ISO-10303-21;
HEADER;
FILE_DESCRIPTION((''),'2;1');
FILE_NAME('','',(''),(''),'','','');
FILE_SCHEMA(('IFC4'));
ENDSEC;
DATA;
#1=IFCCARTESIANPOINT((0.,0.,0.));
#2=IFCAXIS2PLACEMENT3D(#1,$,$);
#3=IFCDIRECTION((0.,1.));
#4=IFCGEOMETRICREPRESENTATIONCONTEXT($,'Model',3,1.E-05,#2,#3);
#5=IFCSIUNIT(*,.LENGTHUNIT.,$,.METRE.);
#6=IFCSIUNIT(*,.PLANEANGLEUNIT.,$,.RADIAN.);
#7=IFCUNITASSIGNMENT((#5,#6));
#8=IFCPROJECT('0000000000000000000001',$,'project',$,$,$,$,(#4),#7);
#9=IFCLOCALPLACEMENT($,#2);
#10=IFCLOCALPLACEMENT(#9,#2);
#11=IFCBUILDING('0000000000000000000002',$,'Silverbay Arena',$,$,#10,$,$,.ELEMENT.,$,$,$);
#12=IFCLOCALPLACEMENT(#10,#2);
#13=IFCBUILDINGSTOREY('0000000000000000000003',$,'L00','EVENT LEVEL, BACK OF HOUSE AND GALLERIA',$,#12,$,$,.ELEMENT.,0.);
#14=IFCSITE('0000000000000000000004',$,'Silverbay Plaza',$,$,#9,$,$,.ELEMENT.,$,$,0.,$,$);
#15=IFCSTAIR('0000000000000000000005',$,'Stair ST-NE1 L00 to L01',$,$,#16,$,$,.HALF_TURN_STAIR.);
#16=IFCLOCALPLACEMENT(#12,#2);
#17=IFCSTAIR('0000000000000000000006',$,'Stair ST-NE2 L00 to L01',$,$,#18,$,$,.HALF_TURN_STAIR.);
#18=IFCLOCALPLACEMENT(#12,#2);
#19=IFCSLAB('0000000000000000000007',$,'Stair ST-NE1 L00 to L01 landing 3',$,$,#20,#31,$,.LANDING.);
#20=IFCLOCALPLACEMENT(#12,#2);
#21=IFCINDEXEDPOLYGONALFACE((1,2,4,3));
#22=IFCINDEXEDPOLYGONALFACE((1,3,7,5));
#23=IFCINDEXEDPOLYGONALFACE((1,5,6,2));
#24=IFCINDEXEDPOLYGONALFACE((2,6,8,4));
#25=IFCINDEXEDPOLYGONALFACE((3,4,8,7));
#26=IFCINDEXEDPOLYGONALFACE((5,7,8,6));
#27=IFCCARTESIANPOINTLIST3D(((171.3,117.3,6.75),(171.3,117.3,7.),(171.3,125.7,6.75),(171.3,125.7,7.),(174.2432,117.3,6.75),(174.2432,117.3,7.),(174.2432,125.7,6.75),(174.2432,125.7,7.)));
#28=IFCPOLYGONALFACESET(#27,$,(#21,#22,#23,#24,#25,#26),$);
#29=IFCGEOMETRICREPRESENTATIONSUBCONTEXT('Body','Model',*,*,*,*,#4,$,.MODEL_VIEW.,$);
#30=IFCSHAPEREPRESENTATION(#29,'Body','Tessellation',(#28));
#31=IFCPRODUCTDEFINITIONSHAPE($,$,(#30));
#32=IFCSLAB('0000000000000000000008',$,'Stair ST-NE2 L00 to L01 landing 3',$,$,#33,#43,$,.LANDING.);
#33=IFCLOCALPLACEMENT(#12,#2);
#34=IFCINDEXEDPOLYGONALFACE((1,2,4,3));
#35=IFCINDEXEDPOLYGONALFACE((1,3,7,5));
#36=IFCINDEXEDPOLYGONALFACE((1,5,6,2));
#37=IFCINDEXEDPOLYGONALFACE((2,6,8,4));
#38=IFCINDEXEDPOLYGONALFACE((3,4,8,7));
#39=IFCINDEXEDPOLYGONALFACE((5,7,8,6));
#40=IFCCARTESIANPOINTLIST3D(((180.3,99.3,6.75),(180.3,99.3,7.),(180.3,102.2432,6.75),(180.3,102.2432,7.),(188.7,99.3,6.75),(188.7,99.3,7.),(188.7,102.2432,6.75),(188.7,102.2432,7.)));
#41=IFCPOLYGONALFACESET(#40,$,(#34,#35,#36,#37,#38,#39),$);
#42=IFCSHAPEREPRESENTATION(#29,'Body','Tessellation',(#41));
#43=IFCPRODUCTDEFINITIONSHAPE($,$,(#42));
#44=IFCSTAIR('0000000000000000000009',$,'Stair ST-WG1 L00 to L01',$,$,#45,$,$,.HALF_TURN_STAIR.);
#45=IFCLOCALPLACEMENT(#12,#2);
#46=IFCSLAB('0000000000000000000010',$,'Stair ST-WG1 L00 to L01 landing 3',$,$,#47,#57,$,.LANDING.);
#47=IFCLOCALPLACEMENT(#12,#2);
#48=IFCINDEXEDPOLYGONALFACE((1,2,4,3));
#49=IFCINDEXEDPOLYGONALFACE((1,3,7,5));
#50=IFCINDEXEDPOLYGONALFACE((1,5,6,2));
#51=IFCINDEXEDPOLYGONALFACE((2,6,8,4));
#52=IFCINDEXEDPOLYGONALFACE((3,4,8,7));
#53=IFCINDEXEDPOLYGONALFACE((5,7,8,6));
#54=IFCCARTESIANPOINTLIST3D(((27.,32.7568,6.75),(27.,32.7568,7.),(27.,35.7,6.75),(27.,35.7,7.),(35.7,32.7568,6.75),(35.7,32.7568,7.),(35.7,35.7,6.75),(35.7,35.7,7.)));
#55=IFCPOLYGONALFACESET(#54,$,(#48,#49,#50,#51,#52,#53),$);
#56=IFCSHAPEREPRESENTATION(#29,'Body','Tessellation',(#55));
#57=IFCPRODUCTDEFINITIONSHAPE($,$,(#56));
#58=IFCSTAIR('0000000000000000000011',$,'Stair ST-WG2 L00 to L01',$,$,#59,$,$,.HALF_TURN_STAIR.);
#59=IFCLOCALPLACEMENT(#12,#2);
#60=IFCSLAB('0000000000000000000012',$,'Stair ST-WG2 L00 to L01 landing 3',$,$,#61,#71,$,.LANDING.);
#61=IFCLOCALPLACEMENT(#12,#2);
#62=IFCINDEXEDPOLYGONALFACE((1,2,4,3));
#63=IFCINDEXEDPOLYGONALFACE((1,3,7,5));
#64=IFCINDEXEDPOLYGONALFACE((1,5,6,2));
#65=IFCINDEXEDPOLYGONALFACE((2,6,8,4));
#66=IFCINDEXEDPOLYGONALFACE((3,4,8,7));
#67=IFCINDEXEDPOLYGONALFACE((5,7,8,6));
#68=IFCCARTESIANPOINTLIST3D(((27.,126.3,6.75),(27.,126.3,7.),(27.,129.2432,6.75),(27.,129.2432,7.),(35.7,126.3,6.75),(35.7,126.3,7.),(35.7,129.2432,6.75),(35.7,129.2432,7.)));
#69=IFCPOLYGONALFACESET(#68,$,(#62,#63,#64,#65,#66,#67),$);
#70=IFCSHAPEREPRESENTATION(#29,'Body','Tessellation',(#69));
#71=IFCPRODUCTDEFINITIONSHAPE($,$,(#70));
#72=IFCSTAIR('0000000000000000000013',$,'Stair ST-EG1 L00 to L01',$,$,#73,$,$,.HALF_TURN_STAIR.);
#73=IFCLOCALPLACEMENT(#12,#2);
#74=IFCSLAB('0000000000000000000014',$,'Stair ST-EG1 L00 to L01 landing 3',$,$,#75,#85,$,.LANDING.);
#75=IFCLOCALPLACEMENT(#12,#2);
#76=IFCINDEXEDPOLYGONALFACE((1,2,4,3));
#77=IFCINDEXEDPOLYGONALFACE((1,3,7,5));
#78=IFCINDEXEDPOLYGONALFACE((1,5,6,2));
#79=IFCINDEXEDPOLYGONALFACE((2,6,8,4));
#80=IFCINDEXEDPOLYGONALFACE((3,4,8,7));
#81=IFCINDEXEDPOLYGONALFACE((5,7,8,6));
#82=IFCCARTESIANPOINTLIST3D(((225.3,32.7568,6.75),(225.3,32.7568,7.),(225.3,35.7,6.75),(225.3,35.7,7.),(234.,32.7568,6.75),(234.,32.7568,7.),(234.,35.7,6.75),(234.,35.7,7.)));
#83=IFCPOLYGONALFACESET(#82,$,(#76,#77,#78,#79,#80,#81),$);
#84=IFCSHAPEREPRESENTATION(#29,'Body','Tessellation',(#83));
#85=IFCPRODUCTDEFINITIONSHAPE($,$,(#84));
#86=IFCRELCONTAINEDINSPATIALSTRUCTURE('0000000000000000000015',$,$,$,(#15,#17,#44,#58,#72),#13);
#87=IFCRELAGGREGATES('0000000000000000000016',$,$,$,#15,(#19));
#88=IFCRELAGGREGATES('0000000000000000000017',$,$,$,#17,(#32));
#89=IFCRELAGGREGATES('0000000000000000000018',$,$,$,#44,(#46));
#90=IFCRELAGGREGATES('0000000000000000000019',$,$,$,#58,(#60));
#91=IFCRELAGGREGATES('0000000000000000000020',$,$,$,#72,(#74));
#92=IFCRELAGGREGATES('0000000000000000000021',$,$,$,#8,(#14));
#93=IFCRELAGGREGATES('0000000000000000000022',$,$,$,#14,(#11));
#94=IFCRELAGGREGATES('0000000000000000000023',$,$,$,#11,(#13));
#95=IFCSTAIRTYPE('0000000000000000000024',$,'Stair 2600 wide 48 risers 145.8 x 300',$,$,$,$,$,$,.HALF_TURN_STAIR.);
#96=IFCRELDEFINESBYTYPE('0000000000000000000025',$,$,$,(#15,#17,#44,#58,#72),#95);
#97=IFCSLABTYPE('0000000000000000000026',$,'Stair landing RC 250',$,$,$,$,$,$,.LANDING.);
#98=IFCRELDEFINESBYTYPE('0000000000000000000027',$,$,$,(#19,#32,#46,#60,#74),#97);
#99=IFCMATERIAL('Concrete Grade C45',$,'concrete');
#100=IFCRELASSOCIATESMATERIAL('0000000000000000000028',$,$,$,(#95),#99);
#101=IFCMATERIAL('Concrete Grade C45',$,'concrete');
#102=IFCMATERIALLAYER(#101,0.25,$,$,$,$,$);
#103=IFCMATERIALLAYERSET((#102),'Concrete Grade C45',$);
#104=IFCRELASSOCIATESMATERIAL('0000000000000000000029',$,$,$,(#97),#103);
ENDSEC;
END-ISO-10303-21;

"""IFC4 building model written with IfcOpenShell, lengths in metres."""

from ifc_helpers import new_model, si_unit, direction, frame, origin, place, context, subcontext, project, spatial, polyline, outline, extrude, material, layer, layer_set, type_object, element, aggregate, save


model = new_model("IFC4")

# Units and contexts
model_context = context("Model", 3, precision=1e-05, world=origin(), true_north=direction((0.0, 1.0)))
body_context = subcontext(model_context, "Body", "Model", "MODEL_VIEW")
ifc_project = project(units=[si_unit("LENGTHUNIT", "METRE"), si_unit("PLANEANGLEUNIT", "RADIAN")], contexts=[model_context])

# Site, building, storey
site_placement = place(None, origin())
site = spatial("IfcSite", under=ifc_project, at=site_placement, Name="Silverbay Plaza", CompositionType="ELEMENT", RefElevation=0.0)
building_placement = place(site_placement, origin())
building = spatial("IfcBuilding", under=site, at=building_placement, Name="Silverbay Arena", CompositionType="ELEMENT")
storey_placement = place(building_placement, origin())
storey = spatial("IfcBuildingStorey", under=building, at=storey_placement, Name="L00", Description="EVENT LEVEL, BACK OF HOUSE AND GALLERIA", CompositionType="ELEMENT", Elevation=0.0)

# Stairs
ifc_material_1 = material(Name="Concrete Grade C45", Category="concrete")
stair_type = type_object("IfcStairType", Name="Stair 2600 wide 48 risers 145.8 x 300", PredefinedType="HALF_TURN_STAIR", material=ifc_material_1)
stair_1_placement = place(storey_placement, origin())
stair_1 = element("IfcStair", 1, at=stair_1_placement, inside=storey, type_object=stair_type, Name="Stair ST-NE1 L00 to L01", PredefinedType="HALF_TURN_STAIR")
stair_2_placement = place(storey_placement, origin())
stair_2 = element("IfcStair", 2, at=stair_2_placement, inside=storey, type_object=stair_type, Name="Stair ST-NE2 L00 to L01", PredefinedType="HALF_TURN_STAIR")

# Slabs
ifc_material_2 = material(Name="Concrete Grade C45", Category="concrete")
ifc_layer_1 = layer(ifc_material_2, 0.25)
ifc_layer_set_1 = layer_set([ifc_layer_1], Name="Concrete Grade C45")
slab_type_1 = type_object("IfcSlabType", Name="Stair landing RC 250", PredefinedType="LANDING", material=ifc_layer_set_1)
slab_1_placement = place(storey_placement, frame((0.0, 0.0, 6.75)))
slab_1 = element("IfcSlab", 3, at=slab_1_placement, type_object=slab_type_1, Name="Stair ST-NE1 L00 to L01 landing 3", PredefinedType="LANDING", context=body_context, shape_type="SweptSolid", body=[
    extrude(outline(polyline([(174.2432, 117.3), (171.3, 117.3), (171.3, 125.7), (174.2432, 125.7), (174.2432, 117.3)])), origin(), (0.0, 0.0, 1.0), 0.25),
])
aggregate(stair_1, [slab_1])
slab_2_placement = place(storey_placement, frame((0.0, 0.0, 6.75)))
slab_2 = element("IfcSlab", 4, at=slab_2_placement, type_object=slab_type_1, Name="Stair ST-NE2 L00 to L01 landing 3", PredefinedType="LANDING", context=body_context, shape_type="SweptSolid", body=[
    extrude(outline(polyline([(180.3, 102.2432), (180.3, 99.3), (188.7, 99.3), (188.7, 102.2432), (180.3, 102.2432)])), origin(), (0.0, 0.0, 1.0), 0.25),
])
aggregate(stair_2, [slab_2])

# Stairs, slabs
stair_3_placement = place(storey_placement, origin())
stair_3 = element("IfcStair", 5, at=stair_3_placement, inside=storey, type_object=stair_type, Name="Stair ST-WG1 L00 to L01", PredefinedType="HALF_TURN_STAIR")
slab_3_placement = place(storey_placement, frame((0.0, 0.0, 6.75)))
slab_3 = element("IfcSlab", 6, at=slab_3_placement, type_object=slab_type_1, Name="Stair ST-WG1 L00 to L01 landing 3", PredefinedType="LANDING", context=body_context, shape_type="SweptSolid", body=[
    extrude(outline(polyline([(35.7, 32.7568), (35.7, 35.7), (27.0, 35.7), (27.0, 32.7568), (35.7, 32.7568)])), origin(), (0.0, 0.0, 1.0), 0.25),
])
aggregate(stair_3, [slab_3])
stair_4_placement = place(storey_placement, origin())
stair_4 = element("IfcStair", 7, at=stair_4_placement, inside=storey, type_object=stair_type, Name="Stair ST-WG2 L00 to L01", PredefinedType="HALF_TURN_STAIR")
slab_4_placement = place(storey_placement, frame((0.0, 0.0, 6.75)))
slab_4 = element("IfcSlab", 8, at=slab_4_placement, type_object=slab_type_1, Name="Stair ST-WG2 L00 to L01 landing 3", PredefinedType="LANDING", context=body_context, shape_type="SweptSolid", body=[
    extrude(outline(polyline([(35.7, 129.2432), (35.7, 126.3), (27.0, 126.3), (27.0, 129.2432), (35.7, 129.2432)])), origin(), (0.0, 0.0, 1.0), 0.25),
])
aggregate(stair_4, [slab_4])
stair_5_placement = place(storey_placement, origin())
stair_5 = element("IfcStair", 9, at=stair_5_placement, inside=storey, type_object=stair_type, Name="Stair ST-EG1 L00 to L01", PredefinedType="HALF_TURN_STAIR")
slab_5_placement = place(storey_placement, frame((0.0, 0.0, 6.75)))
slab_5 = element("IfcSlab", 10, at=slab_5_placement, type_object=slab_type_1, Name="Stair ST-EG1 L00 to L01 landing 3", PredefinedType="LANDING", context=body_context, shape_type="SweptSolid", body=[
    extrude(outline(polyline([(225.3, 32.7568), (225.3, 35.7), (234.0, 35.7), (234.0, 32.7568), (225.3, 32.7568)])), origin(), (0.0, 0.0, 1.0), 0.25),
])
aggregate(stair_5, [slab_5])

save(model, "model.ifc")
